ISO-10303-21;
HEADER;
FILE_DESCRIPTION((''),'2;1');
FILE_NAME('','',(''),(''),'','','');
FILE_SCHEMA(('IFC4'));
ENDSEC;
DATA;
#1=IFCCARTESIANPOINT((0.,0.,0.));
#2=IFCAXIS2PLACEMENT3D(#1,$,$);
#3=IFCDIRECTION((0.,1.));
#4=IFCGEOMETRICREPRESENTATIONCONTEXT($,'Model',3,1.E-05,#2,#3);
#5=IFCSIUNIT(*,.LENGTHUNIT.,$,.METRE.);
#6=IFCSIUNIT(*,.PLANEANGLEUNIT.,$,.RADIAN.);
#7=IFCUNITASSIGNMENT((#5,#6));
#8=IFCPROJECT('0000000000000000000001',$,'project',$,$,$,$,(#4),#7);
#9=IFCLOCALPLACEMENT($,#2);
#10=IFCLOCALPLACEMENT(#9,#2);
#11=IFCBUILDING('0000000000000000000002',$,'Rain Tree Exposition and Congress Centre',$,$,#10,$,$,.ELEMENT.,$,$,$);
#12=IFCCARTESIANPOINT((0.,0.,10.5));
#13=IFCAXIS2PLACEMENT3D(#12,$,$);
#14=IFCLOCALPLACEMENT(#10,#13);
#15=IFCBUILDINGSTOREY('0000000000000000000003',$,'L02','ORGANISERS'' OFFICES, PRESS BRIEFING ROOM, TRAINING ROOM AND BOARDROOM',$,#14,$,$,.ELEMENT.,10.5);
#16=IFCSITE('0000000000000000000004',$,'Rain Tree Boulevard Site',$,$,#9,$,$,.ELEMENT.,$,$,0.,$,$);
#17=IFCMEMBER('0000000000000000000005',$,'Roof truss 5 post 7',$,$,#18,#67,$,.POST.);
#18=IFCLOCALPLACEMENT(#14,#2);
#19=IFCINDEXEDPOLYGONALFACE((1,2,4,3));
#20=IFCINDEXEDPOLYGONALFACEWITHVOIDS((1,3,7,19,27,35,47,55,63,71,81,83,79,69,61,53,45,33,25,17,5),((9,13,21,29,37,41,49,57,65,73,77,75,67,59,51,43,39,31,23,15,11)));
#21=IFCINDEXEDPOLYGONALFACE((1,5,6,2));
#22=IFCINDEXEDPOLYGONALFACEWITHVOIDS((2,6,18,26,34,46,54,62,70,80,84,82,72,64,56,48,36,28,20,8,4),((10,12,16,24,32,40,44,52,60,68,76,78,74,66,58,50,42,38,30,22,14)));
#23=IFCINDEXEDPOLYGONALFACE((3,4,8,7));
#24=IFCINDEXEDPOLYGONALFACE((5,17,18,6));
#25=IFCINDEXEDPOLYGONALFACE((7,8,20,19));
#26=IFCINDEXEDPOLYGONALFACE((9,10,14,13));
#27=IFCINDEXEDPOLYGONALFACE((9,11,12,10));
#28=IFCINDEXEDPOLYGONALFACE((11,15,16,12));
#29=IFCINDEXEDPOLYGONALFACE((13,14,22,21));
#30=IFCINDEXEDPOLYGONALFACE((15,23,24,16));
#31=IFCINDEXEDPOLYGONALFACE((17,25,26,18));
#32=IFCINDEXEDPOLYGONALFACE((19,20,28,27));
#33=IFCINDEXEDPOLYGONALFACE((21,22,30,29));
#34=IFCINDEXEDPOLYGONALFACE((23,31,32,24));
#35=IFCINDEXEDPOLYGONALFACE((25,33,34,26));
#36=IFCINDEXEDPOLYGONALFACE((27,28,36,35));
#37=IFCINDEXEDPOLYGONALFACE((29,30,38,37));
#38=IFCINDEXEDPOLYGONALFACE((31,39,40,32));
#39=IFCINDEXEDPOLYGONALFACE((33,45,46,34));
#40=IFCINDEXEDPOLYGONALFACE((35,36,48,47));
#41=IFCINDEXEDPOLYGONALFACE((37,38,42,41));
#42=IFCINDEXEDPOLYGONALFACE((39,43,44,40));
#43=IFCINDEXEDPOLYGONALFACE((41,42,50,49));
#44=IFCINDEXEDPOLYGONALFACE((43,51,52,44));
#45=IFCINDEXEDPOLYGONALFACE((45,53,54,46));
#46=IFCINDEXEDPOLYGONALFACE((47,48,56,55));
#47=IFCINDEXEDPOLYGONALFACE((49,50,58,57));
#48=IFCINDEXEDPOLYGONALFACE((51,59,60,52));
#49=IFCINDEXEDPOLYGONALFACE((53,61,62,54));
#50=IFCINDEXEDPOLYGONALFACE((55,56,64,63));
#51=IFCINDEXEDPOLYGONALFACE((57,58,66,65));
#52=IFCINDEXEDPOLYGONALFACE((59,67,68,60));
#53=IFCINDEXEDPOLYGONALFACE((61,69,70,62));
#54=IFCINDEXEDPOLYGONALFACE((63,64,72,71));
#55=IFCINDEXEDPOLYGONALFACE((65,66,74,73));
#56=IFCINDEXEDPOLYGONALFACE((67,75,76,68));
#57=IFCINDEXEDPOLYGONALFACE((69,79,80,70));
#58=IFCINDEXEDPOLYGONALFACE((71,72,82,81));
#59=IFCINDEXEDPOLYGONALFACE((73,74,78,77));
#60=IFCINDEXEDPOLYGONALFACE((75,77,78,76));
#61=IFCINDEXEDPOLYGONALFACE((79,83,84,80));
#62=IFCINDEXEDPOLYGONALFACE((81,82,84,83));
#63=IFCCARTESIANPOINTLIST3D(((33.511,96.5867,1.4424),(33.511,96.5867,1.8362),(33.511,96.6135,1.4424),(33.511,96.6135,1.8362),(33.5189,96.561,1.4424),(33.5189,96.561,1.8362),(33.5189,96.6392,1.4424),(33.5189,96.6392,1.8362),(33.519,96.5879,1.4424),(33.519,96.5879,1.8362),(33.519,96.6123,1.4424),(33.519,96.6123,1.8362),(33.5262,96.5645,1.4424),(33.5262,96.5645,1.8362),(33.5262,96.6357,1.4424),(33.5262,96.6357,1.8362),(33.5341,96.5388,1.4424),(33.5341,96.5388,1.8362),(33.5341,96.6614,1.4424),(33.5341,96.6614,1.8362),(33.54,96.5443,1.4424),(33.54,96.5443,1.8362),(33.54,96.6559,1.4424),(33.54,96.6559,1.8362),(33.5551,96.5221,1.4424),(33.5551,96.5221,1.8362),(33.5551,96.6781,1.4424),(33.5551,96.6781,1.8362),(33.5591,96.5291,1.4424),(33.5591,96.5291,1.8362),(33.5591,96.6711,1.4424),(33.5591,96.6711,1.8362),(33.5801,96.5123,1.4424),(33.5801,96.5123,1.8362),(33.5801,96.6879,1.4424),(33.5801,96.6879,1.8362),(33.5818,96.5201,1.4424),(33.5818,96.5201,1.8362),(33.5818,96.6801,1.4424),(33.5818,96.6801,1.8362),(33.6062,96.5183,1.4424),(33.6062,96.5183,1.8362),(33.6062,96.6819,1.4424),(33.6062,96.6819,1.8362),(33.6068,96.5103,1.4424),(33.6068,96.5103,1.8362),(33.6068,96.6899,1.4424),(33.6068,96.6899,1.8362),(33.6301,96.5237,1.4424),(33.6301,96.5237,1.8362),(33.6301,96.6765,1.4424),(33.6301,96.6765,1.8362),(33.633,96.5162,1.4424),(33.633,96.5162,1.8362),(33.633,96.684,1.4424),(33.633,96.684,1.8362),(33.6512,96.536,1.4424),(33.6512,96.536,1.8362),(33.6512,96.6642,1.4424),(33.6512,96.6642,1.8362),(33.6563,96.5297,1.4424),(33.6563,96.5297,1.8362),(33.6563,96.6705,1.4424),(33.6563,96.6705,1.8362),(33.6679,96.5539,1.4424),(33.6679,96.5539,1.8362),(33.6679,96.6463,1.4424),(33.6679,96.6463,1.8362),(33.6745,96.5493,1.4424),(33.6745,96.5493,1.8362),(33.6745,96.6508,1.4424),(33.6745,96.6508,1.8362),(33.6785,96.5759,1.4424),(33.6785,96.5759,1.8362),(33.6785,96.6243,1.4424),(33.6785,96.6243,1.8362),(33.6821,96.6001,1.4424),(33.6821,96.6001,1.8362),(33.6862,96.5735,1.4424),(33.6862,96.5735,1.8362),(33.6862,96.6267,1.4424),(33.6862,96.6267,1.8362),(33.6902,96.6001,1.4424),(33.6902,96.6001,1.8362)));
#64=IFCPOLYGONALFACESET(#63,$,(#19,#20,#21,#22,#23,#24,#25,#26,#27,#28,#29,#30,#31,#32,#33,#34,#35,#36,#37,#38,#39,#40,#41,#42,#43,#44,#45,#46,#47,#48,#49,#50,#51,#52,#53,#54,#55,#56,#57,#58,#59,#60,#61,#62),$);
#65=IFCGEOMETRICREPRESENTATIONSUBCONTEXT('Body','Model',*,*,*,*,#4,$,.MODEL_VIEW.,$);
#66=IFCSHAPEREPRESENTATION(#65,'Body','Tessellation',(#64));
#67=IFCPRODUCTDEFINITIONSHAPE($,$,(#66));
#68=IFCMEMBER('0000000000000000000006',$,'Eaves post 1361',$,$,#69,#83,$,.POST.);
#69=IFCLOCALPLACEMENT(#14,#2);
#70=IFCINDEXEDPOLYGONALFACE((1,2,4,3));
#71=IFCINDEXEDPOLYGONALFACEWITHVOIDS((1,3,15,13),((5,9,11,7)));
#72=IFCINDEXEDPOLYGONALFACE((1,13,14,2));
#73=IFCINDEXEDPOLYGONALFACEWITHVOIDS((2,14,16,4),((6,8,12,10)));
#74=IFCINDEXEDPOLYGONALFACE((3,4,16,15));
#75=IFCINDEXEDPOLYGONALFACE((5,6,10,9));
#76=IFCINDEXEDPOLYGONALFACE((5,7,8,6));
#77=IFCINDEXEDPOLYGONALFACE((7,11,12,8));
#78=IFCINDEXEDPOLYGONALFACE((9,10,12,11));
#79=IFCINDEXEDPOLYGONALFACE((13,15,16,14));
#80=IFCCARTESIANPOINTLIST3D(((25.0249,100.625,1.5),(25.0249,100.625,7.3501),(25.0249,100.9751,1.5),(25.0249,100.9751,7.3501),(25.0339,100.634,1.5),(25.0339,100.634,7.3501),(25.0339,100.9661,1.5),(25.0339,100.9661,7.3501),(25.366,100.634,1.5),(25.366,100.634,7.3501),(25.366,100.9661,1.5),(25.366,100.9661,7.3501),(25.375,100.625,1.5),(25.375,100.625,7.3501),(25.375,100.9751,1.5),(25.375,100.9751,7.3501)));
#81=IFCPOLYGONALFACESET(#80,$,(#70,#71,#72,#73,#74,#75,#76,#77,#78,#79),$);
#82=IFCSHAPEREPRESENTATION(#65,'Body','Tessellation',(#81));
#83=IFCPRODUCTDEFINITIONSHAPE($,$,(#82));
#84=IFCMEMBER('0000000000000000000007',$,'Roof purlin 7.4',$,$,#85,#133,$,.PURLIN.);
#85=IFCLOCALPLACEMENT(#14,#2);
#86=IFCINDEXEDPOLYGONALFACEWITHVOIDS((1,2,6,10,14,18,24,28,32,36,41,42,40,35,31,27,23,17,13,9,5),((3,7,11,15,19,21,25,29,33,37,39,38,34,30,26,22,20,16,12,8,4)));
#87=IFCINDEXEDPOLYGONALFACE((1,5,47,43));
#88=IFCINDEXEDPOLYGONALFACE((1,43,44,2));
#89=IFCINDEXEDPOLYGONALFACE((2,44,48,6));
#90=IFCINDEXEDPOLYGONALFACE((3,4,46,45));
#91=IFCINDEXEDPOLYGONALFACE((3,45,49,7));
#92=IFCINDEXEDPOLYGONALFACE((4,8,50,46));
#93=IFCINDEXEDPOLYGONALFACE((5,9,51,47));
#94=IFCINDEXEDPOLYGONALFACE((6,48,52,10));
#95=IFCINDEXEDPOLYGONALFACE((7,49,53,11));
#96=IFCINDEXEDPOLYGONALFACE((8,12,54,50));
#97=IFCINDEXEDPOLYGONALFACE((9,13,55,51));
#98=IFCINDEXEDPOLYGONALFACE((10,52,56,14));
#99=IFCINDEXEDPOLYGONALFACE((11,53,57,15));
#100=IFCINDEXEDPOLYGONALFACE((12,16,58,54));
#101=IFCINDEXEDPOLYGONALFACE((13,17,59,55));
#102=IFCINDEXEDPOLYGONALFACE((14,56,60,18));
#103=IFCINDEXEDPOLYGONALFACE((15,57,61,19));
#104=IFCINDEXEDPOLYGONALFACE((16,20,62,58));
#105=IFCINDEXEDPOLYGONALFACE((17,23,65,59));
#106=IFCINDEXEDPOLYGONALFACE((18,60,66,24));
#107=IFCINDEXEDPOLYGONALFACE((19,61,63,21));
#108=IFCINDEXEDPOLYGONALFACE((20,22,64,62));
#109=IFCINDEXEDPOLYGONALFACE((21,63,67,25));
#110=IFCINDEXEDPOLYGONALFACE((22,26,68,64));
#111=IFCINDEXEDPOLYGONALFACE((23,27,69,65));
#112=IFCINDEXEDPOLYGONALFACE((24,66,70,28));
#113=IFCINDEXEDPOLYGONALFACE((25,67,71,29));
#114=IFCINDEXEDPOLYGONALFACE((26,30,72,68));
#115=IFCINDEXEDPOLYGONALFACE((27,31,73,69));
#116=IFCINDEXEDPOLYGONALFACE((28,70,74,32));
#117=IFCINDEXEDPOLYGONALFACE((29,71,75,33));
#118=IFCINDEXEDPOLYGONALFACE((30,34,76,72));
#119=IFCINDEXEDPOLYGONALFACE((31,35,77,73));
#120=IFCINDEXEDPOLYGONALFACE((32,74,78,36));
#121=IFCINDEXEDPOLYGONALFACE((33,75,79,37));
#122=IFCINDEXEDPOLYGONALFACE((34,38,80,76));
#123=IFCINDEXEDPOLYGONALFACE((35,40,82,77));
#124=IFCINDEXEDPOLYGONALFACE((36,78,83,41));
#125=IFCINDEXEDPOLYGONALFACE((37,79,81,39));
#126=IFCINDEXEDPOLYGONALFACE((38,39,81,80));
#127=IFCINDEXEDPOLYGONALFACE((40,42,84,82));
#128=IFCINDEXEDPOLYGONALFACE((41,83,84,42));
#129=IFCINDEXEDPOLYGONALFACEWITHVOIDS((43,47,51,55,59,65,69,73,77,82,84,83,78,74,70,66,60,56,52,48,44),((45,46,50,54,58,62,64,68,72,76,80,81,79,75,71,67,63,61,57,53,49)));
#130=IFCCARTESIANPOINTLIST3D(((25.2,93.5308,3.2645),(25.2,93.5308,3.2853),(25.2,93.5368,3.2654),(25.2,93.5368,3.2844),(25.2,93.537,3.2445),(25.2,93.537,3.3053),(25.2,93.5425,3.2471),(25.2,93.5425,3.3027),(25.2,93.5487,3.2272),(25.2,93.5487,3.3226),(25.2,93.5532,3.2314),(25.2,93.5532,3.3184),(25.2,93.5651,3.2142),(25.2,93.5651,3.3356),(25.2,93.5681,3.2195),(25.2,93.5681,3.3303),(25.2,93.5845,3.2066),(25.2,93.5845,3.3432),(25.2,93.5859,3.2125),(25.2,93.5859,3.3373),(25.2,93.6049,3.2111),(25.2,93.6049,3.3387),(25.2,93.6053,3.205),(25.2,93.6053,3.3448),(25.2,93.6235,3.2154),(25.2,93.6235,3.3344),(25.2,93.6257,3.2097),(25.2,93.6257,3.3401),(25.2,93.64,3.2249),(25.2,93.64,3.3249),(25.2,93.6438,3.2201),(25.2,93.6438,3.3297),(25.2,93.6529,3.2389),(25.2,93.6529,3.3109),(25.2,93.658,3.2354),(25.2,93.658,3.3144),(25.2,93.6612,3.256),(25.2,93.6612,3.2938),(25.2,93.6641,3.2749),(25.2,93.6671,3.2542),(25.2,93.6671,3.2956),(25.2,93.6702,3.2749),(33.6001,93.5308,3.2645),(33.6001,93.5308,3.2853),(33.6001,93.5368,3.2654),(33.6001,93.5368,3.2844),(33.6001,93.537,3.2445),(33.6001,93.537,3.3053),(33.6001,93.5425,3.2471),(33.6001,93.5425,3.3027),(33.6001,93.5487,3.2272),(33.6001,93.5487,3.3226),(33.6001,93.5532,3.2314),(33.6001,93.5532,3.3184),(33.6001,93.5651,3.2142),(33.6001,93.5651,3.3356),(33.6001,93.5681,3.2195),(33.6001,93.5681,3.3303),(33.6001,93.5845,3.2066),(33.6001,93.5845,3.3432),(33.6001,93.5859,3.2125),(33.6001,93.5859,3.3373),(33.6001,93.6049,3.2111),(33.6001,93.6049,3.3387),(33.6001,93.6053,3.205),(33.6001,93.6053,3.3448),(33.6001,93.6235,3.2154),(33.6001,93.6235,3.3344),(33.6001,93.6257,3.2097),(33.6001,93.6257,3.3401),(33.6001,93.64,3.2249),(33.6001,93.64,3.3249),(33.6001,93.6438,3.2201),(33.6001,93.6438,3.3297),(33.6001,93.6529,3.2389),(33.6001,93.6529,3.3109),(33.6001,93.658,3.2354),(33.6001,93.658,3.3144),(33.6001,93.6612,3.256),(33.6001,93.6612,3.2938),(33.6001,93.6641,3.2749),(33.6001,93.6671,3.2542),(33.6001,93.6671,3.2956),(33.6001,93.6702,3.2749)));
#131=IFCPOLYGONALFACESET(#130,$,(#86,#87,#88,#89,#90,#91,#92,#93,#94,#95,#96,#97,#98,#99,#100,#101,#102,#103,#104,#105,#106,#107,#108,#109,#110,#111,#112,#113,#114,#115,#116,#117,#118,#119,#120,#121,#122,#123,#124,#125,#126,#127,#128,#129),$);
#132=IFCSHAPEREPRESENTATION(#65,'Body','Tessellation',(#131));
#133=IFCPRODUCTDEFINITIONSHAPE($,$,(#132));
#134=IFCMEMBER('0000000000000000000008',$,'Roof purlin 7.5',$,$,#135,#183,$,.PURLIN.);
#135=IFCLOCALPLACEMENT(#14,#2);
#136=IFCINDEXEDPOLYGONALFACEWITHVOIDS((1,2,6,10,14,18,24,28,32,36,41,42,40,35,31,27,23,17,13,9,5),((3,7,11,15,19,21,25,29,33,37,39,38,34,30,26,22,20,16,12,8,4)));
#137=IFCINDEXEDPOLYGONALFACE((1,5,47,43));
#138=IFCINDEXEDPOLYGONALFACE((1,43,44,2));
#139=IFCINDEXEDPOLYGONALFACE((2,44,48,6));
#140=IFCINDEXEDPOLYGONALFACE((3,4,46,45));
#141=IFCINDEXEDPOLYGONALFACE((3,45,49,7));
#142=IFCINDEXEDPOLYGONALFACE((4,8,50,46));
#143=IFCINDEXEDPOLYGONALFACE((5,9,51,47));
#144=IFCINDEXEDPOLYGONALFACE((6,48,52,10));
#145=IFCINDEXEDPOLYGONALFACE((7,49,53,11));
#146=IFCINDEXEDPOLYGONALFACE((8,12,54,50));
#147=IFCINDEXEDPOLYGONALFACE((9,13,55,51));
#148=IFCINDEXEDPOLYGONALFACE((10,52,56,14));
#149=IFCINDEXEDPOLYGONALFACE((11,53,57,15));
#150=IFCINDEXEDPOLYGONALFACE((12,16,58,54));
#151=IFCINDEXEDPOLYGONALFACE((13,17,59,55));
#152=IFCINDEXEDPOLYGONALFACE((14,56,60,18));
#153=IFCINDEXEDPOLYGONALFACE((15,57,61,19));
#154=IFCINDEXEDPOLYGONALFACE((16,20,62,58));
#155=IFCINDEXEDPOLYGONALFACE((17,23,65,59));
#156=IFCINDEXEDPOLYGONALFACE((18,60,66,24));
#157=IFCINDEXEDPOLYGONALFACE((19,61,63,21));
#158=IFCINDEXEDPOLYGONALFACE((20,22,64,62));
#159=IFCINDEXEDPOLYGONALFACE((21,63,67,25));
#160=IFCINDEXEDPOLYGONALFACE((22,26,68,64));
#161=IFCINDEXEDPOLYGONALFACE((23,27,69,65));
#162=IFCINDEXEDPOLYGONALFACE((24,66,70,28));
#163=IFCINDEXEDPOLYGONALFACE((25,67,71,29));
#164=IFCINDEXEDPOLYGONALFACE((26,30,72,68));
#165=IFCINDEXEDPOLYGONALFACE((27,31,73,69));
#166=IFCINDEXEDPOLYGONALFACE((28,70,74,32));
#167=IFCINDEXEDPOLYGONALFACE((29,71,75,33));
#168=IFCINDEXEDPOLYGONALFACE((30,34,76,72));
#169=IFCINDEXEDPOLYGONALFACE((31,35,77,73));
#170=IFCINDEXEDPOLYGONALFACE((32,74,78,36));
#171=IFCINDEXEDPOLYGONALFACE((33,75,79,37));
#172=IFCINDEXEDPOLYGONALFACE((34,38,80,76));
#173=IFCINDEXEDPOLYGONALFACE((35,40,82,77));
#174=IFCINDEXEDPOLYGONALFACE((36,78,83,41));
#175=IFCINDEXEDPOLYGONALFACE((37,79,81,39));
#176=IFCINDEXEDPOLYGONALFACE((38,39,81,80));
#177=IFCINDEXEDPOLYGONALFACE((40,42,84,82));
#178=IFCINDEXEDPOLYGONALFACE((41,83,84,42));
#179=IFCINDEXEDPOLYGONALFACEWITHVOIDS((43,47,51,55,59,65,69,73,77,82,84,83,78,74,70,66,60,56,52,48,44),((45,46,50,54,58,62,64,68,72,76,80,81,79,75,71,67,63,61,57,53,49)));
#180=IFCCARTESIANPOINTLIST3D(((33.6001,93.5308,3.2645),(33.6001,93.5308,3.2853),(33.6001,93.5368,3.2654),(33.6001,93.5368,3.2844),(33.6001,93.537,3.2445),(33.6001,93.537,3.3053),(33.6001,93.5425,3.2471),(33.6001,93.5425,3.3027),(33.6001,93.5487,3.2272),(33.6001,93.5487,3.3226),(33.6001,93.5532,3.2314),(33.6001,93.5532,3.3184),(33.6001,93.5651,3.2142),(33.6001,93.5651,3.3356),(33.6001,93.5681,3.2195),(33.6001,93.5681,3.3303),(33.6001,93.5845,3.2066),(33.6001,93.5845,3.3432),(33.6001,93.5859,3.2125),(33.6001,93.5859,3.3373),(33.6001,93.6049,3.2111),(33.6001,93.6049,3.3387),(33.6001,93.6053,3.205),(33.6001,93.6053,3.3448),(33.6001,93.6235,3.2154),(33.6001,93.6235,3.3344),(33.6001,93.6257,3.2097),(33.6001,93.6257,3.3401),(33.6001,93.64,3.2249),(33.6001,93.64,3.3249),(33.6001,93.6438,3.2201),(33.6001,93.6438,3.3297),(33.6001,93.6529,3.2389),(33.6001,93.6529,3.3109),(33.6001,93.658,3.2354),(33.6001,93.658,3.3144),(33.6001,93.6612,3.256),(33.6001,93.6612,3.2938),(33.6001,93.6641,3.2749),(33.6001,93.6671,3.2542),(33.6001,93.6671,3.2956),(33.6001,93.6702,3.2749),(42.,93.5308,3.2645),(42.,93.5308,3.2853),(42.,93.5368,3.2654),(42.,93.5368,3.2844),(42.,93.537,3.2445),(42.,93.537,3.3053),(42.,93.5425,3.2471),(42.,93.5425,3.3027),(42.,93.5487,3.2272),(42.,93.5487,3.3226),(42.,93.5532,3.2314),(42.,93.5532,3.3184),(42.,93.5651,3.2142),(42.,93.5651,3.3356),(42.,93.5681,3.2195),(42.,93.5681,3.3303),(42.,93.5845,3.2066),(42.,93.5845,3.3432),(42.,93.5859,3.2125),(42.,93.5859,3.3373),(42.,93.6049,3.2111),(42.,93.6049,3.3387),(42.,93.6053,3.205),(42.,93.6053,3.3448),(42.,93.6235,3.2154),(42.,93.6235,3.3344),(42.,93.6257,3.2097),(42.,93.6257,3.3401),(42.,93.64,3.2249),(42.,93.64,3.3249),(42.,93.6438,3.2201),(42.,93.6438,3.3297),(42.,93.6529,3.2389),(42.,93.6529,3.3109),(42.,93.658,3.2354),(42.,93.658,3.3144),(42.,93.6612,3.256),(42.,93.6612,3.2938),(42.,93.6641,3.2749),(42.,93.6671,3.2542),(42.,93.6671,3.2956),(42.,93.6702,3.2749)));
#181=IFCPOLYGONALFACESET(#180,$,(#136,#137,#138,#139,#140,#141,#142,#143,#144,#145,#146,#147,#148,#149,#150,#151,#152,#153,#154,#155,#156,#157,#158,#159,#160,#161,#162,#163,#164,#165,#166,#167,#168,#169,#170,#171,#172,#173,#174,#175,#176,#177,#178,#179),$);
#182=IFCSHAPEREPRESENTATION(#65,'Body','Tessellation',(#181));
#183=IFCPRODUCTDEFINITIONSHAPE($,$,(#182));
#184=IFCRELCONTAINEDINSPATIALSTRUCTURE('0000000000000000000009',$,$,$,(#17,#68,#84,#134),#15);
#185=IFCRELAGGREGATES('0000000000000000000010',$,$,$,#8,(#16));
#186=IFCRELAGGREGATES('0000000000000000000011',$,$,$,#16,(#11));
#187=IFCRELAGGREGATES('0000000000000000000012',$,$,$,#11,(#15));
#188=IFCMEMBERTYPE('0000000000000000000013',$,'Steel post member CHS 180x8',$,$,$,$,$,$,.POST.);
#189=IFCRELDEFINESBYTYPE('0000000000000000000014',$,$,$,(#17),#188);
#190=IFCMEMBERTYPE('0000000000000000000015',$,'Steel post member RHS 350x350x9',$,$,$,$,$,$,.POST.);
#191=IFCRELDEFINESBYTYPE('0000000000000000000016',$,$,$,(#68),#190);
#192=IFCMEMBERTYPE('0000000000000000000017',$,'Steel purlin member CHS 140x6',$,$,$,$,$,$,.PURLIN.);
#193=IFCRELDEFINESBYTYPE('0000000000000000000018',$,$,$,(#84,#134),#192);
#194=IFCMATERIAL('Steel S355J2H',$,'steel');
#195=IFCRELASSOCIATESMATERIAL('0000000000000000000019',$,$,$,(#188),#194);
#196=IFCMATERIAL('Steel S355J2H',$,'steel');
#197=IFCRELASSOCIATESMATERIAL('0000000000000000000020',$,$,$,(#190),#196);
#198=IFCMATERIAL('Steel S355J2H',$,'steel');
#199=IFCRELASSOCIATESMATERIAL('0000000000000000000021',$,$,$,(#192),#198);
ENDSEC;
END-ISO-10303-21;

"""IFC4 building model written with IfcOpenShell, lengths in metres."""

from ifc_helpers import new_model, si_unit, direction, frame, origin, origin_2d, place, context, subcontext, project, spatial, hollow_rectangle, hollow_circle, extrude, material, material_profile, profile_set, type_object, element, save


model = new_model("IFC4")

# Units and contexts
model_context = context("Model", 3, precision=1e-05, world=origin(), true_north=direction((0.0, 1.0)))
body_context = subcontext(model_context, "Body", "Model", "MODEL_VIEW")
ifc_project = project(units=[si_unit("LENGTHUNIT", "METRE"), si_unit("PLANEANGLEUNIT", "RADIAN")], contexts=[model_context])

# Site, building, storey
site_placement = place(None, origin())
site = spatial("IfcSite", under=ifc_project, at=site_placement, Name="Rain Tree Boulevard Site", CompositionType="ELEMENT", RefElevation=0.0)
building_placement = place(site_placement, origin())
building = spatial("IfcBuilding", under=site, at=building_placement, Name="Rain Tree Exposition and Congress Centre", CompositionType="ELEMENT")
storey_placement = place(building_placement, frame((0.0, 0.0, 10.5)))
storey = spatial("IfcBuildingStorey", under=building, at=storey_placement, Name="L02", Description="ORGANISERS' OFFICES, PRESS BRIEFING ROOM, TRAINING ROOM AND BOARDROOM", CompositionType="ELEMENT", Elevation=10.5)

# Members
ifc_material_1 = material(Name="Steel S355J2H", Category="steel")
ifc_material_profile_1 = material_profile(ifc_material_1, hollow_circle(Radius=0.0901, WallThickness=0.0081, at=origin_2d()), Name="CHS 180x8")
ifc_profile_set_1 = profile_set([ifc_material_profile_1], Name="Steel S355J2H")
member_type_1 = type_object("IfcMemberType", Name="Steel post member CHS 180x8", PredefinedType="POST", material=ifc_profile_set_1)
member_1_placement = place(storey_placement, frame((33.6001, 96.6001, 1.4424), z_axis=(0.0, 0.0, 1.0), x_axis=(1.0, 0.0, 0.0)))
element("IfcMember", 1, at=member_1_placement, inside=storey, type_object=member_type_1, Name="Roof truss 5 post 7", PredefinedType="POST", context=body_context, shape_type="SweptSolid", body=[
    extrude(hollow_circle(Radius=0.0901, WallThickness=0.0081, at=origin_2d()), origin(), (0.0, 0.0, 1.0), 0.3938),
])
ifc_material_2 = material(Name="Steel S355J2H", Category="steel")
ifc_material_profile_2 = material_profile(ifc_material_2, hollow_rectangle(XDim=0.3501, YDim=0.3501, WallThickness=0.009, at=origin_2d()), Name="RHS 350x350x9")
ifc_profile_set_2 = profile_set([ifc_material_profile_2], Name="Steel S355J2H")
member_type_2 = type_object("IfcMemberType", Name="Steel post member RHS 350x350x9", PredefinedType="POST", material=ifc_profile_set_2)
member_2_placement = place(storey_placement, frame((25.2, 100.8, 1.5), z_axis=(0.0, 0.0, 1.0), x_axis=(1.0, 0.0, 0.0)))
element("IfcMember", 2, at=member_2_placement, inside=storey, type_object=member_type_2, Name="Eaves post 1361", PredefinedType="POST", context=body_context, shape_type="SweptSolid", body=[
    extrude(hollow_rectangle(XDim=0.3501, YDim=0.3501, WallThickness=0.009, at=origin_2d()), origin(), (0.0, 0.0, 1.0), 5.8501),
])
ifc_material_3 = material(Name="Steel S355J2H", Category="steel")
ifc_material_profile_3 = material_profile(ifc_material_3, hollow_circle(Radius=0.0701, WallThickness=0.0061, at=origin_2d()), Name="CHS 140x6")
ifc_profile_set_3 = profile_set([ifc_material_profile_3], Name="Steel S355J2H")
member_type_3 = type_object("IfcMemberType", Name="Steel purlin member CHS 140x6", PredefinedType="PURLIN", material=ifc_profile_set_3)
member_3_placement = place(storey_placement, frame((25.2, 93.6001, 3.2749), z_axis=(1.0, 0.0, 0.0), x_axis=(0.0, 1.0, 0.0)))
element("IfcMember", 3, at=member_3_placement, inside=storey, type_object=member_type_3, Name="Roof purlin 7.4", PredefinedType="PURLIN", context=body_context, shape_type="SweptSolid", body=[
    extrude(hollow_circle(Radius=0.0701, WallThickness=0.0061, at=origin_2d()), origin(), (0.0, 0.0, 1.0), 8.4001),
])
member_4_placement = place(storey_placement, frame((33.6001, 93.6001, 3.2749), z_axis=(1.0, 0.0, 0.0), x_axis=(0.0, 1.0, 0.0)))
element("IfcMember", 4, at=member_4_placement, inside=storey, type_object=member_type_3, Name="Roof purlin 7.5", PredefinedType="PURLIN", context=body_context, shape_type="SweptSolid", body=[
    extrude(hollow_circle(Radius=0.0701, WallThickness=0.0061, at=origin_2d()), origin(), (0.0, 0.0, 1.0), 8.3999),
])

save(model, "model.ifc")
